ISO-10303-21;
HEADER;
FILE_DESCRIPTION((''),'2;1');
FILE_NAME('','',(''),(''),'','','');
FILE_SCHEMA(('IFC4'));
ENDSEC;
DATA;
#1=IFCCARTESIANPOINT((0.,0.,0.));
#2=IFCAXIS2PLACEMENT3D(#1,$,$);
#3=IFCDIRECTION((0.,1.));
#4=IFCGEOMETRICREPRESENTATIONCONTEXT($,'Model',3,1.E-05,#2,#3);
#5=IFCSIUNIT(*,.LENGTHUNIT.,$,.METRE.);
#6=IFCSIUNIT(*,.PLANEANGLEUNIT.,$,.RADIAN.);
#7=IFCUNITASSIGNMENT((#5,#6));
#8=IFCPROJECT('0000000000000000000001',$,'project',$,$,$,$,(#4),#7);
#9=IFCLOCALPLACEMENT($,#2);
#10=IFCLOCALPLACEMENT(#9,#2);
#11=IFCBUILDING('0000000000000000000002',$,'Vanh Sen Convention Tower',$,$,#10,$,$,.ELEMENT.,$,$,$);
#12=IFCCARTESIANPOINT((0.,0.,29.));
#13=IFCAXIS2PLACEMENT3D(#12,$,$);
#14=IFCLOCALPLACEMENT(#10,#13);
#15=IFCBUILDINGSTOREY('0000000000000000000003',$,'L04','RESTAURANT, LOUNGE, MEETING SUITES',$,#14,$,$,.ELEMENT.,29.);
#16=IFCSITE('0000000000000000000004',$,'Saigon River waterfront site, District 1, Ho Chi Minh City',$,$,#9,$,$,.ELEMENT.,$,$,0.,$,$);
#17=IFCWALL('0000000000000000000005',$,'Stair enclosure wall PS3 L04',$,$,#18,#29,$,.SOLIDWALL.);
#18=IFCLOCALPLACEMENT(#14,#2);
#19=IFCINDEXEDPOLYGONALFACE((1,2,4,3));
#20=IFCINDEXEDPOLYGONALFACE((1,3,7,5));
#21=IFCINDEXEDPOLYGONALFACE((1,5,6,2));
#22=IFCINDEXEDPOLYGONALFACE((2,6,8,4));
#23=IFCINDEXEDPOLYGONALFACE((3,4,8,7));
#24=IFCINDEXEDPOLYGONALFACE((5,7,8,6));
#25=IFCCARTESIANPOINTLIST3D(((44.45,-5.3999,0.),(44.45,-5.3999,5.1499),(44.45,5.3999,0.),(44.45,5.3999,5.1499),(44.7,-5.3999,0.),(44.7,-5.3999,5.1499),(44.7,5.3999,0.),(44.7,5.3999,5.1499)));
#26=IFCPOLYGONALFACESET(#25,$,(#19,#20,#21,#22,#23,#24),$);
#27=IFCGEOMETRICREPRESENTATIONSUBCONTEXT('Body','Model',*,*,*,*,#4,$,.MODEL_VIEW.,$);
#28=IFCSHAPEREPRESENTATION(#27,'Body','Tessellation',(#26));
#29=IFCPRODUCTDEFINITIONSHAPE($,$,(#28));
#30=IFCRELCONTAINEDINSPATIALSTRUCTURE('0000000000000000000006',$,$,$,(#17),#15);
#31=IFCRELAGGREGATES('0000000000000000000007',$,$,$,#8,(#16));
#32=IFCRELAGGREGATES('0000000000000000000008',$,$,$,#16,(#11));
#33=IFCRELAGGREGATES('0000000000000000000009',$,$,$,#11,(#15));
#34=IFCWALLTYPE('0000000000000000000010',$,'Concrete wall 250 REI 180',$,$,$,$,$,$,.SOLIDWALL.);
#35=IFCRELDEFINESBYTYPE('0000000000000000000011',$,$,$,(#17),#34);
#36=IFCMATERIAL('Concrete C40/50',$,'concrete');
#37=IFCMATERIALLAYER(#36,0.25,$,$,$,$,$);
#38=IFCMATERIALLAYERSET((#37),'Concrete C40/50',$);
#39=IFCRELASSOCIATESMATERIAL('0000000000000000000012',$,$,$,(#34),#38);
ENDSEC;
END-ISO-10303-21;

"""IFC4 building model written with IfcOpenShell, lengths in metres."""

from ifc_helpers import new_model, si_unit, direction, frame, frame_2d, origin, place, context, subcontext, project, spatial, rectangle, extrude, material, layer, layer_set, type_object, element, save


model = new_model("IFC4")

# Units and contexts
model_context = context("Model", 3, precision=1e-05, world=origin(), true_north=direction((0.0, 1.0)))
body_context = subcontext(model_context, "Body", "Model", "MODEL_VIEW")
ifc_project = project(units=[si_unit("LENGTHUNIT", "METRE"), si_unit("PLANEANGLEUNIT", "RADIAN")], contexts=[model_context])

# Site, building, storey
site_placement = place(None, origin())
site = spatial("IfcSite", under=ifc_project, at=site_placement, Name="Saigon River waterfront site, District 1, Ho Chi Minh City", CompositionType="ELEMENT", RefElevation=0.0)
building_placement = place(site_placement, origin())
building = spatial("IfcBuilding", under=site, at=building_placement, Name="Vanh Sen Convention Tower", CompositionType="ELEMENT")
storey_placement = place(building_placement, frame((0.0, 0.0, 29.0)))
storey = spatial("IfcBuildingStorey", under=building, at=storey_placement, Name="L04", Description="RESTAURANT, LOUNGE, MEETING SUITES", CompositionType="ELEMENT", Elevation=29.0)

# Wall
ifc_material_1 = material(Name="Concrete C40/50", Category="concrete")
ifc_layer_1 = layer(ifc_material_1, 0.25)
ifc_layer_set_1 = layer_set([ifc_layer_1], Name="Concrete C40/50")
wall_type = type_object("IfcWallType", Name="Concrete wall 250 REI 180", PredefinedType="SOLIDWALL", material=ifc_layer_set_1)
wall_placement = place(storey_placement, frame((44.575, 5.3999, 0.0), z_axis=(0.0, 0.0, 1.0), x_axis=(0.0, -1.0, 0.0)))
element("IfcWall", 1, at=wall_placement, inside=storey, type_object=wall_type, Name="Stair enclosure wall PS3 L04", PredefinedType="SOLIDWALL", context=body_context, shape_type="SweptSolid", body=[
    extrude(rectangle(XDim=10.7998, YDim=0.25, at=frame_2d((5.3999, 0.0))), origin(), (0.0, 0.0, 1.0), 5.1499),
])

save(model, "model.ifc")
